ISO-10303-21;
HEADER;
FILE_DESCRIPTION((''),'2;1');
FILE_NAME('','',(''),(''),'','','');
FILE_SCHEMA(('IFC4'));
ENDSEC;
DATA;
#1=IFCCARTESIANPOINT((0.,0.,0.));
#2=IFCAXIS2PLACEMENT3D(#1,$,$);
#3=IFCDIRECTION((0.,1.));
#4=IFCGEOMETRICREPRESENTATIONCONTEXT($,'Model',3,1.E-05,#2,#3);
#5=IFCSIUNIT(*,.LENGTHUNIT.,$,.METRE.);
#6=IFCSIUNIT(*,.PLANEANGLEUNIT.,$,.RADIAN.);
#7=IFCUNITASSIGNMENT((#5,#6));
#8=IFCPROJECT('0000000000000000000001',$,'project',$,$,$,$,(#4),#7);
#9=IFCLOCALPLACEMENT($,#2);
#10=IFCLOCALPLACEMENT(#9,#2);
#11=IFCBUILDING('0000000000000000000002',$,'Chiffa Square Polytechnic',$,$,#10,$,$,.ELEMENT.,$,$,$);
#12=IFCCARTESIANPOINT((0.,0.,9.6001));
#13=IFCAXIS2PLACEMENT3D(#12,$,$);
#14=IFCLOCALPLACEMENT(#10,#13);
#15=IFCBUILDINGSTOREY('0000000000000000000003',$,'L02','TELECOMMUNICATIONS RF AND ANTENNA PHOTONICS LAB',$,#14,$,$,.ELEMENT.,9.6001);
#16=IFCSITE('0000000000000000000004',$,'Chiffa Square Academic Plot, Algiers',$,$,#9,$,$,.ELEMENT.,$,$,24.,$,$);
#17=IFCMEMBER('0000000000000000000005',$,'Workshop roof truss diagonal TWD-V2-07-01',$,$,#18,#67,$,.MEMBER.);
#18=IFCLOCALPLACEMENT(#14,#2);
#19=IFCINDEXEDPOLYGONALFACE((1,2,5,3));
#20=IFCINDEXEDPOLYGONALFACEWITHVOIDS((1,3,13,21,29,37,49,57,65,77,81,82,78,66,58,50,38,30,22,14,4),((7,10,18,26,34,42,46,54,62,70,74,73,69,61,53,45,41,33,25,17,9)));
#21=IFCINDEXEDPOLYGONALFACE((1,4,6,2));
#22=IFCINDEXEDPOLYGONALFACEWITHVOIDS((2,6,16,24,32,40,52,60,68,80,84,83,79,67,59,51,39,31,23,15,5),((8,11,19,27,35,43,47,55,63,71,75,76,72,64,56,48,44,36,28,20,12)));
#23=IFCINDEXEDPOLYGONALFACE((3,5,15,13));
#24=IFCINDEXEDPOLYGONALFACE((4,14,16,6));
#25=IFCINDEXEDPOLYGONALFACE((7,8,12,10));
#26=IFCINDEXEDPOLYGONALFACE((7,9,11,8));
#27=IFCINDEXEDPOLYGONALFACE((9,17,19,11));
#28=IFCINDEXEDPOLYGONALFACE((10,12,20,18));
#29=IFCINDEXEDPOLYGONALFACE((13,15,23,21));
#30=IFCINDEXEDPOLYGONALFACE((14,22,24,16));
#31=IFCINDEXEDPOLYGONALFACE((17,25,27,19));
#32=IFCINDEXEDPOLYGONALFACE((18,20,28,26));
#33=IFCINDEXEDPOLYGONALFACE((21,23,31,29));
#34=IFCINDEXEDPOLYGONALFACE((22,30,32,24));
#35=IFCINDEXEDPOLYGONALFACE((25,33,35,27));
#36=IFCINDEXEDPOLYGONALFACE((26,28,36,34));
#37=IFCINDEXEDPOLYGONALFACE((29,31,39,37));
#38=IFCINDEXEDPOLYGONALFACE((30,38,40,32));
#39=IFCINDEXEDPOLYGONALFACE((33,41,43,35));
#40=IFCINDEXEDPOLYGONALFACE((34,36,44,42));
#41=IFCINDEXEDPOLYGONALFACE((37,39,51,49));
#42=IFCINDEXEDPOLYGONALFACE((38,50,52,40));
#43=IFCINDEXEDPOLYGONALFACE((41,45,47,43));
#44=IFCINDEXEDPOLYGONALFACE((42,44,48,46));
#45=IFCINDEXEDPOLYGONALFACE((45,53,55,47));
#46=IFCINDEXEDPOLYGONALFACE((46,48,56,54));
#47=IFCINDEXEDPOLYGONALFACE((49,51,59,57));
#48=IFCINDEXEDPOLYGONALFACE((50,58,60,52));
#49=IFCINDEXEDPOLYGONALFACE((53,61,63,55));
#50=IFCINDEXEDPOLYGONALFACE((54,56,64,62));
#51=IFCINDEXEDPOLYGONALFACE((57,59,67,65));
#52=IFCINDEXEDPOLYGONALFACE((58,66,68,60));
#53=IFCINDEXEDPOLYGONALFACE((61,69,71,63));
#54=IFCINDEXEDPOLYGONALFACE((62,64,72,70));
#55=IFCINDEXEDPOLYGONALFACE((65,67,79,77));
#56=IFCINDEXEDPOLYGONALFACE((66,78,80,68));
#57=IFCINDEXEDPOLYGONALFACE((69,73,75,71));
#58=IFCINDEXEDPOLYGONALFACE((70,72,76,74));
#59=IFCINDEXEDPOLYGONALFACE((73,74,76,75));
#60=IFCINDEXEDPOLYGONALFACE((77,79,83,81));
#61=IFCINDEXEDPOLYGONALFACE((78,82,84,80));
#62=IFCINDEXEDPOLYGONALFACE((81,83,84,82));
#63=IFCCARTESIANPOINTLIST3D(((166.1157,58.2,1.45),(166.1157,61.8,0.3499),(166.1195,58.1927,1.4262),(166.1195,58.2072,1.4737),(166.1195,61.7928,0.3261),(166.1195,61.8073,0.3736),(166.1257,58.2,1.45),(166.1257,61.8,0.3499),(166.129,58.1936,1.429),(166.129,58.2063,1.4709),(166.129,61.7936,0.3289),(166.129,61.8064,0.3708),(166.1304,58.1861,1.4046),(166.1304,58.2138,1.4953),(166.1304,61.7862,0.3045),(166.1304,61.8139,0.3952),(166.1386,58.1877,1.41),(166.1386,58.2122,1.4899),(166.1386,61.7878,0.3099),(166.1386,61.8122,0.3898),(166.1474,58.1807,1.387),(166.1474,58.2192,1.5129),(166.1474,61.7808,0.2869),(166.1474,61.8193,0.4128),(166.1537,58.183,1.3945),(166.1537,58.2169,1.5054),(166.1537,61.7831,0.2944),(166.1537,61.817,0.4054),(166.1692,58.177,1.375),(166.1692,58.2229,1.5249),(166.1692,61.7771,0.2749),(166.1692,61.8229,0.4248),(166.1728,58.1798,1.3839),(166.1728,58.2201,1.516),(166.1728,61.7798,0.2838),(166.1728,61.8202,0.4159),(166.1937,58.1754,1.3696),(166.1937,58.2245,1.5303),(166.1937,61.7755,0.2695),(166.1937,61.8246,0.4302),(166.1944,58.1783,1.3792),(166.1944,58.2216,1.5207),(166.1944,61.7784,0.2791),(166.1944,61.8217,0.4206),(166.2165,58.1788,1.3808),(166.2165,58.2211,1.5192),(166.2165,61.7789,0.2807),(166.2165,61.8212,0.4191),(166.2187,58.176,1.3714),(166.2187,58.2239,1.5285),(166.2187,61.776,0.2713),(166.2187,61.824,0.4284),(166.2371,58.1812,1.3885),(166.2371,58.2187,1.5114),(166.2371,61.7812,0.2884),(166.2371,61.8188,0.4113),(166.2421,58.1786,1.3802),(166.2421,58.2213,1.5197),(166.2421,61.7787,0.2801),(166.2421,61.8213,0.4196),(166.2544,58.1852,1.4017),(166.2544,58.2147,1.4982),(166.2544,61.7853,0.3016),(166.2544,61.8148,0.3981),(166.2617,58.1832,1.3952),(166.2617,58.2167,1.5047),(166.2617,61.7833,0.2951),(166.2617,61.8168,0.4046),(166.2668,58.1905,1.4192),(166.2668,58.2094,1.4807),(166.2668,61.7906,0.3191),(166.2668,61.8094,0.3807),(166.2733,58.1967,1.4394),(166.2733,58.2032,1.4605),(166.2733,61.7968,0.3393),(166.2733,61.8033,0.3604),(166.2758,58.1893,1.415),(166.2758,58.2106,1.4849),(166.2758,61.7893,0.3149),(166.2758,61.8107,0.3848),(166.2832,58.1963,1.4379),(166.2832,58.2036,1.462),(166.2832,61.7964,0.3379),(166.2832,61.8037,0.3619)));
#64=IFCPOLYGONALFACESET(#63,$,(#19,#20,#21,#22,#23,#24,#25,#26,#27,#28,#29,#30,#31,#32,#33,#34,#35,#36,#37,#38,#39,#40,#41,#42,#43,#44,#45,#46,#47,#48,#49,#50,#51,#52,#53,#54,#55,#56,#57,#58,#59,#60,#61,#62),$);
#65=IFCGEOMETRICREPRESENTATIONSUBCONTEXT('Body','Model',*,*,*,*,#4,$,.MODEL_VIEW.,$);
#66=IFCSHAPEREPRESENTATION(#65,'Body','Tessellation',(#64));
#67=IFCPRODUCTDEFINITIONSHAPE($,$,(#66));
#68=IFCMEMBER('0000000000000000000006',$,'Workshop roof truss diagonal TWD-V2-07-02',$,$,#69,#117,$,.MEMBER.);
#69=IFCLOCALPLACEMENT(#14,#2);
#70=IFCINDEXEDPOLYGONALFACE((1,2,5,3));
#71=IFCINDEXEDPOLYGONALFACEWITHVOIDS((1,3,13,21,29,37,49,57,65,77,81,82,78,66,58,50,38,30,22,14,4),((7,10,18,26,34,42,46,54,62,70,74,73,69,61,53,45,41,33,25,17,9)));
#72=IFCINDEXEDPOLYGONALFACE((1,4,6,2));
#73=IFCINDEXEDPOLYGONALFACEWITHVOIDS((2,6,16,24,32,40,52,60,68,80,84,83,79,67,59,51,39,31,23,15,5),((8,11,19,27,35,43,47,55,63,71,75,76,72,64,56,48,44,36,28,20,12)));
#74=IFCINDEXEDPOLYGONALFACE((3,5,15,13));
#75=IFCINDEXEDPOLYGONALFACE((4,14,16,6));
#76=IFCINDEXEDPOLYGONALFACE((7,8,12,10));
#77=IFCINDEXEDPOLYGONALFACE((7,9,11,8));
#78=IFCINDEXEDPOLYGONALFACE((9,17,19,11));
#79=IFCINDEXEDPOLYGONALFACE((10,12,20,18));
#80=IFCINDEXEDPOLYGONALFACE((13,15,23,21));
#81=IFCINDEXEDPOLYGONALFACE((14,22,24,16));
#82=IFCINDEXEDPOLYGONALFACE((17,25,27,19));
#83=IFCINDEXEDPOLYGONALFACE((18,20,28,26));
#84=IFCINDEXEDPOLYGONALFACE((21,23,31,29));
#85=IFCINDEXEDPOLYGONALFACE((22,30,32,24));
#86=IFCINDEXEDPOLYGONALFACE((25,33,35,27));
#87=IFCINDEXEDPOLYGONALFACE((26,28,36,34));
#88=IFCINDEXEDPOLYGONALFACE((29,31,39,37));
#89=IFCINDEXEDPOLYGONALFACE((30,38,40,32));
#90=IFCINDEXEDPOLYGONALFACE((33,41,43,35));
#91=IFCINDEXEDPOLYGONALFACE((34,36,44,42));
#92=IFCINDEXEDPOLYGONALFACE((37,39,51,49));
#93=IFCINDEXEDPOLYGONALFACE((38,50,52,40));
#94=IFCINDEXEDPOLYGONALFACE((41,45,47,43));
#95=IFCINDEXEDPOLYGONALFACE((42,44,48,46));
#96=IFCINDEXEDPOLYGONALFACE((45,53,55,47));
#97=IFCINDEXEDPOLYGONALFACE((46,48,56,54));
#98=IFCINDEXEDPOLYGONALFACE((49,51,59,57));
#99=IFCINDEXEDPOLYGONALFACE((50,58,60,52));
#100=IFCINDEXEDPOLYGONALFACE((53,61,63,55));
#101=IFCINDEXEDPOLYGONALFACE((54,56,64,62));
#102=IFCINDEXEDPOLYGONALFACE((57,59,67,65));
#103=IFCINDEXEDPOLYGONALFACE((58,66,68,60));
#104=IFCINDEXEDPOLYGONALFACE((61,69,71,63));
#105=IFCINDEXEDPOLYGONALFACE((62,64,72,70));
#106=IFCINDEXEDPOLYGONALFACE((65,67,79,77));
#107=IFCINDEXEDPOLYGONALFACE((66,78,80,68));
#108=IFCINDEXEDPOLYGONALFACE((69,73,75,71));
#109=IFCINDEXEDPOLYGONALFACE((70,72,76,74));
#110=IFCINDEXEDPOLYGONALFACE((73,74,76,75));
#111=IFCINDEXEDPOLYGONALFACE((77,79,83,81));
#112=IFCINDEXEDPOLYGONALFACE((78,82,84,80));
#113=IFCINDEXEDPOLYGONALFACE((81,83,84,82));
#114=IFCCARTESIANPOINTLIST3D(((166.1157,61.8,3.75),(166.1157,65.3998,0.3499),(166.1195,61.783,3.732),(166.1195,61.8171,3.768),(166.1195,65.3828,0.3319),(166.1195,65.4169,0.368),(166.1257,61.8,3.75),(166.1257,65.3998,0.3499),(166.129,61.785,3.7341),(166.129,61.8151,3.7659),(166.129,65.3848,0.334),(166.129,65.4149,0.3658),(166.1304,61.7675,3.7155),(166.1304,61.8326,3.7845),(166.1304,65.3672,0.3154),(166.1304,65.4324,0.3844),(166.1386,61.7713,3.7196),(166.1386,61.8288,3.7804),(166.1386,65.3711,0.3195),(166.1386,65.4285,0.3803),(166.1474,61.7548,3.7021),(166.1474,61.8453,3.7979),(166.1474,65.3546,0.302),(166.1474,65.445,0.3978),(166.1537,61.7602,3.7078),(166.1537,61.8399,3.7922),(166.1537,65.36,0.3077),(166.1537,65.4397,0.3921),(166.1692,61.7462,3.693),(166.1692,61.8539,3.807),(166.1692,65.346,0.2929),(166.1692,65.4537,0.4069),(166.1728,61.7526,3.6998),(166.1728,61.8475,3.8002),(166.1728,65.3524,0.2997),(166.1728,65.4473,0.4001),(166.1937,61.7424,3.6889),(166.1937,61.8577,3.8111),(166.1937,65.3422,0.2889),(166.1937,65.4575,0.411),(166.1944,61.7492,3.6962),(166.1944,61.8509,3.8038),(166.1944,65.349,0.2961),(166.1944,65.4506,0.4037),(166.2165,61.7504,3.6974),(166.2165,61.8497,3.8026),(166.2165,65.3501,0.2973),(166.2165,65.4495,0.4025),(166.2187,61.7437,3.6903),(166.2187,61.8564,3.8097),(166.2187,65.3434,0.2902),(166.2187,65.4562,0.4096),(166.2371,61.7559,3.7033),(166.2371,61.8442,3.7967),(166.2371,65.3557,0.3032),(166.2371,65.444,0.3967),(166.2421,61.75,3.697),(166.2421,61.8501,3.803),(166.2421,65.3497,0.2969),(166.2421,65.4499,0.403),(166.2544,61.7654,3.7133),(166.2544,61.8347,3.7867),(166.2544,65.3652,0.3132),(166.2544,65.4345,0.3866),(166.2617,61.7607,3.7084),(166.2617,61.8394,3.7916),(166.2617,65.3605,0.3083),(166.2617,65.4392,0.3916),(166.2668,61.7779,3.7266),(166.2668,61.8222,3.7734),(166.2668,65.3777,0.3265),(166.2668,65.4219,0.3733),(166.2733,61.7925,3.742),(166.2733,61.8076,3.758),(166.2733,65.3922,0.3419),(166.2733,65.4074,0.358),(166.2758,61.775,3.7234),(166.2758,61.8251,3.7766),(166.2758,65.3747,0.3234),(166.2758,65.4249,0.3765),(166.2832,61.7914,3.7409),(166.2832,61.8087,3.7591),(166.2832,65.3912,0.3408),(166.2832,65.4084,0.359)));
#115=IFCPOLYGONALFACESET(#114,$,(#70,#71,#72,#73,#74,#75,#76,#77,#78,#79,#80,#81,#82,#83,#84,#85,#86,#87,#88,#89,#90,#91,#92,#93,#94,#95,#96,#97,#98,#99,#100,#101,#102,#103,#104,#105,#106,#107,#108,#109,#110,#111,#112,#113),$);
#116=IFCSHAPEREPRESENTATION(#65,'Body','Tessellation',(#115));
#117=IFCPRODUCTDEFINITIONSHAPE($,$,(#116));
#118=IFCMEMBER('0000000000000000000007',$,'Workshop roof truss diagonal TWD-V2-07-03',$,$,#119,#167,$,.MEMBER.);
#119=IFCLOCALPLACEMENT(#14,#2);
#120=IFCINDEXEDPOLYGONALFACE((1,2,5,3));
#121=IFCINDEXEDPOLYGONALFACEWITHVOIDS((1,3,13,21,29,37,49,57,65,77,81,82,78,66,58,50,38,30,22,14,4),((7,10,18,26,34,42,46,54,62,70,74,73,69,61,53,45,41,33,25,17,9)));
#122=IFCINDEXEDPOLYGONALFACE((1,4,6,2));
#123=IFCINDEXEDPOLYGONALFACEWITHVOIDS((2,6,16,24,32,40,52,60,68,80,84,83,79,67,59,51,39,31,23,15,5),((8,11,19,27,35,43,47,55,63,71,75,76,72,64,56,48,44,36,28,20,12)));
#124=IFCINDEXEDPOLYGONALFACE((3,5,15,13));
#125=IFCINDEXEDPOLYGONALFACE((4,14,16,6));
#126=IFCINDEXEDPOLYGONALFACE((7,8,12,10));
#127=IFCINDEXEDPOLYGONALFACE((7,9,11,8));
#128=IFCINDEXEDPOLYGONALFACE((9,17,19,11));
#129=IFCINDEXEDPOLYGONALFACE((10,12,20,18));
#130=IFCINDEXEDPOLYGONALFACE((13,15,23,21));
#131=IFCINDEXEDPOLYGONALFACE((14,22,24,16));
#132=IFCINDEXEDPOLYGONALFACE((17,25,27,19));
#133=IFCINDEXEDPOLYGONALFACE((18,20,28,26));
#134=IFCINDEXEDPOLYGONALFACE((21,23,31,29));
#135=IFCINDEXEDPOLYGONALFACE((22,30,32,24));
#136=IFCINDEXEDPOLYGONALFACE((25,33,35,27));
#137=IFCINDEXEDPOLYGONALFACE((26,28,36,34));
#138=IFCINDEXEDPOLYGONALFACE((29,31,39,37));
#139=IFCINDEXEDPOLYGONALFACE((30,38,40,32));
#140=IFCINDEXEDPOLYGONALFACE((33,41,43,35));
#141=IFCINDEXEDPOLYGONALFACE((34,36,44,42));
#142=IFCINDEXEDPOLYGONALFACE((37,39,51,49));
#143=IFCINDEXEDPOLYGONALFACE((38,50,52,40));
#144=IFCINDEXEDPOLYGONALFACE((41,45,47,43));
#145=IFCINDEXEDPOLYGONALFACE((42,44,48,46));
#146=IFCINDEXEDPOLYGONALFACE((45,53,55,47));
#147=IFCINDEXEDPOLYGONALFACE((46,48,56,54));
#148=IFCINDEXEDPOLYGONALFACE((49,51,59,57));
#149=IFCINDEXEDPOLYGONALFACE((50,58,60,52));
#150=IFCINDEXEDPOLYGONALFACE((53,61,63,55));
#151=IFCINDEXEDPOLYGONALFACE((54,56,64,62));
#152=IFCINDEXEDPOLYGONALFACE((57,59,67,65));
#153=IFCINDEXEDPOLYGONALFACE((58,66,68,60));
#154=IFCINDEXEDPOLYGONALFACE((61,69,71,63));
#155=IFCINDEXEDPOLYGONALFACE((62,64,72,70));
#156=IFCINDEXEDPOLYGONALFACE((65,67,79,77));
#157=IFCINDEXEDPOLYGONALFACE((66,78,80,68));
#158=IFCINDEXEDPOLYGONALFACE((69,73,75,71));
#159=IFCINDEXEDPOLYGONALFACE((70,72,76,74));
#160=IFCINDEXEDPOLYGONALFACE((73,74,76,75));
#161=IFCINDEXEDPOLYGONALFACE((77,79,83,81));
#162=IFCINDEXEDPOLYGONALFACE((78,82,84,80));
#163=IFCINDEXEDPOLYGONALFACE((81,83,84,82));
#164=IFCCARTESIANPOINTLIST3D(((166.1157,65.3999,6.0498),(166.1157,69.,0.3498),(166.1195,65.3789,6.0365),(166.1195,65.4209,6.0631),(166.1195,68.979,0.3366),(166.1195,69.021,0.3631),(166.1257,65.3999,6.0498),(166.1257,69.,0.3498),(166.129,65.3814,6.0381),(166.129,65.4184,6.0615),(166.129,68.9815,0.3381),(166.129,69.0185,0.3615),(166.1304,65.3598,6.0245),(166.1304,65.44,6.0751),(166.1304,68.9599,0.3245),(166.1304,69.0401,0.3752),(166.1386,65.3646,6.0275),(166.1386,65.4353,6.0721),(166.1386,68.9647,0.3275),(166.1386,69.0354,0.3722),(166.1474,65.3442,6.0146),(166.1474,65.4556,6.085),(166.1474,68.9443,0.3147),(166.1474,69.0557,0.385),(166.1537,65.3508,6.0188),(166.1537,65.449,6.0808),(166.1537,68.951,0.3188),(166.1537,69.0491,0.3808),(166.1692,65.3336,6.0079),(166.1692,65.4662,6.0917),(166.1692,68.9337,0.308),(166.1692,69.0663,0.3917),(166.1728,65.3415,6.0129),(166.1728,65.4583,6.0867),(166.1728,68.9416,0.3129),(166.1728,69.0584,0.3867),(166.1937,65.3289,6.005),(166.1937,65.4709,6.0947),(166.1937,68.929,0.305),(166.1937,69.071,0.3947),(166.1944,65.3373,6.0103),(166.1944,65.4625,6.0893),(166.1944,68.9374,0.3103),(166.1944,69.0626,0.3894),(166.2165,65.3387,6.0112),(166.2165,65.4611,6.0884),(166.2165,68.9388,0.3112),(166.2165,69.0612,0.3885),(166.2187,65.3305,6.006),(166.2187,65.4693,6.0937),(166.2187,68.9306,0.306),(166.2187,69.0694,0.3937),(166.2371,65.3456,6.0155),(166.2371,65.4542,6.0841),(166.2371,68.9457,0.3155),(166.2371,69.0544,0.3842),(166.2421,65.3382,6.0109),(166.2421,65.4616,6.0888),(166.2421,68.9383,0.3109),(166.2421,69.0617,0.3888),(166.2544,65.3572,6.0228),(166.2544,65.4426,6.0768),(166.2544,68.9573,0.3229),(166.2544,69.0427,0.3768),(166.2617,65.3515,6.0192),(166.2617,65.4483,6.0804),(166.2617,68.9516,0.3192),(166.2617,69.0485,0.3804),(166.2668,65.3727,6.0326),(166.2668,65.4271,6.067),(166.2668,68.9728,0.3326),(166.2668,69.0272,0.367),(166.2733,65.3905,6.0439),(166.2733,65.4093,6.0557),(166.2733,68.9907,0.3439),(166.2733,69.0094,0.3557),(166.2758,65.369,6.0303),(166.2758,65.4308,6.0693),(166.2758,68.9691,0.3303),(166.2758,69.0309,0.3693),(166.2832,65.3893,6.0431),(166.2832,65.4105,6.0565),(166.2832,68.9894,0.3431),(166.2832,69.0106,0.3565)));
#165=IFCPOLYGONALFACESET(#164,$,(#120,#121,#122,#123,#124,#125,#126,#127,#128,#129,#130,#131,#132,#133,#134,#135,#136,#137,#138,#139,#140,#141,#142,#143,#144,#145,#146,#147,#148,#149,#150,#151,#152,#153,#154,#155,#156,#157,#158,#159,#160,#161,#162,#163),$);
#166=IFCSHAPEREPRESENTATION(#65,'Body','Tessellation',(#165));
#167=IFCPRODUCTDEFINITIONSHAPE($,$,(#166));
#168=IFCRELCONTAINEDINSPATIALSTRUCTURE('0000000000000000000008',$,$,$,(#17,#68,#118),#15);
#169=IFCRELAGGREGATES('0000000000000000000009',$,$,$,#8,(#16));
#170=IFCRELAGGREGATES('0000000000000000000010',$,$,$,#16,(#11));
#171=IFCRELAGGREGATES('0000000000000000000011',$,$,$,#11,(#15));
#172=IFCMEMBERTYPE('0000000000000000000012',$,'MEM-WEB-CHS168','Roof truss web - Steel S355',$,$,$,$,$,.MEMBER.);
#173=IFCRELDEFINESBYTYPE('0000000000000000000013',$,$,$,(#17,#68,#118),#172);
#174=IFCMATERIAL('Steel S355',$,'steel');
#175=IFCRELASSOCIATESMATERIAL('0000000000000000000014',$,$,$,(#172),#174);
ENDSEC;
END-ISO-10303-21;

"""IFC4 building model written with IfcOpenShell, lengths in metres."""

from ifc_helpers import new_model, si_unit, direction, frame, origin, origin_2d, place, context, subcontext, project, spatial, hollow_circle, extrude, material, material_profile, profile_set, type_object, element, save


model = new_model("IFC4")

# Units and contexts
model_context = context("Model", 3, precision=1e-05, world=origin(), true_north=direction((0.0, 1.0)))
body_context = subcontext(model_context, "Body", "Model", "MODEL_VIEW")
ifc_project = project(units=[si_unit("LENGTHUNIT", "METRE"), si_unit("PLANEANGLEUNIT", "RADIAN")], contexts=[model_context])

# Site, building, storey
site_placement = place(None, origin())
site = spatial("IfcSite", under=ifc_project, at=site_placement, Name="Chiffa Square Academic Plot, Algiers", CompositionType="ELEMENT", RefElevation=24.0)
building_placement = place(site_placement, origin())
building = spatial("IfcBuilding", under=site, at=building_placement, Name="Chiffa Square Polytechnic", CompositionType="ELEMENT")
storey_placement = place(building_placement, frame((0.0, 0.0, 9.6001)))
storey = spatial("IfcBuildingStorey", under=building, at=storey_placement, Name="L02", Description="TELECOMMUNICATIONS RF AND ANTENNA PHOTONICS LAB", CompositionType="ELEMENT", Elevation=9.6001)

# Shared definitions
ifc_material = material(Name="Steel S355", Category="steel")

# Members
ifc_material_profile_1 = material_profile(ifc_material, hollow_circle(Radius=0.0842, WallThickness=0.01, at=origin_2d()), Name="CHS 168.3x10")
ifc_profile_set_1 = profile_set([ifc_material_profile_1], Name="Steel S355")
member_type_1 = type_object("IfcMemberType", Name="MEM-WEB-CHS168", Description="Roof truss web - Steel S355", PredefinedType="MEMBER", material=ifc_profile_set_1)
member_1_placement = place(storey_placement, frame((166.2, 58.2, 1.45), z_axis=(0.0, 0.956347, -0.292235), x_axis=(-1.0, 0.0, 0.0)))
element("IfcMember", 1, at=member_1_placement, inside=storey, type_object=member_type_1, Name="Workshop roof truss diagonal TWD-V2-07-01", PredefinedType="MEMBER", context=body_context, shape_type="SweptSolid", body=[
    extrude(hollow_circle(Radius=0.0842, WallThickness=0.01, at=origin_2d()), origin(), (0.0, 0.0, 1.0), 3.7644),
])
member_2_placement = place(storey_placement, frame((166.2, 61.8, 3.75), z_axis=(0.0, 0.726984, -0.686654), x_axis=(-1.0, 0.0, 0.0)))
element("IfcMember", 2, at=member_2_placement, inside=storey, type_object=member_type_1, Name="Workshop roof truss diagonal TWD-V2-07-02", PredefinedType="MEMBER", context=body_context, shape_type="SweptSolid", body=[
    extrude(hollow_circle(Radius=0.0842, WallThickness=0.01, at=origin_2d()), origin(), (0.0, 0.0, 1.0), 4.9517),
])
member_3_placement = place(storey_placement, frame((166.2, 65.3999, 6.0498), z_axis=(0.0, 0.534007, -0.84548), x_axis=(-1.0, 0.0, 0.0)))
element("IfcMember", 3, at=member_3_placement, inside=storey, type_object=member_type_1, Name="Workshop roof truss diagonal TWD-V2-07-03", PredefinedType="MEMBER", context=body_context, shape_type="SweptSolid", body=[
    extrude(hollow_circle(Radius=0.0842, WallThickness=0.01, at=origin_2d()), origin(), (0.0, 0.0, 1.0), 6.7417),
])

save(model, "model.ifc")
